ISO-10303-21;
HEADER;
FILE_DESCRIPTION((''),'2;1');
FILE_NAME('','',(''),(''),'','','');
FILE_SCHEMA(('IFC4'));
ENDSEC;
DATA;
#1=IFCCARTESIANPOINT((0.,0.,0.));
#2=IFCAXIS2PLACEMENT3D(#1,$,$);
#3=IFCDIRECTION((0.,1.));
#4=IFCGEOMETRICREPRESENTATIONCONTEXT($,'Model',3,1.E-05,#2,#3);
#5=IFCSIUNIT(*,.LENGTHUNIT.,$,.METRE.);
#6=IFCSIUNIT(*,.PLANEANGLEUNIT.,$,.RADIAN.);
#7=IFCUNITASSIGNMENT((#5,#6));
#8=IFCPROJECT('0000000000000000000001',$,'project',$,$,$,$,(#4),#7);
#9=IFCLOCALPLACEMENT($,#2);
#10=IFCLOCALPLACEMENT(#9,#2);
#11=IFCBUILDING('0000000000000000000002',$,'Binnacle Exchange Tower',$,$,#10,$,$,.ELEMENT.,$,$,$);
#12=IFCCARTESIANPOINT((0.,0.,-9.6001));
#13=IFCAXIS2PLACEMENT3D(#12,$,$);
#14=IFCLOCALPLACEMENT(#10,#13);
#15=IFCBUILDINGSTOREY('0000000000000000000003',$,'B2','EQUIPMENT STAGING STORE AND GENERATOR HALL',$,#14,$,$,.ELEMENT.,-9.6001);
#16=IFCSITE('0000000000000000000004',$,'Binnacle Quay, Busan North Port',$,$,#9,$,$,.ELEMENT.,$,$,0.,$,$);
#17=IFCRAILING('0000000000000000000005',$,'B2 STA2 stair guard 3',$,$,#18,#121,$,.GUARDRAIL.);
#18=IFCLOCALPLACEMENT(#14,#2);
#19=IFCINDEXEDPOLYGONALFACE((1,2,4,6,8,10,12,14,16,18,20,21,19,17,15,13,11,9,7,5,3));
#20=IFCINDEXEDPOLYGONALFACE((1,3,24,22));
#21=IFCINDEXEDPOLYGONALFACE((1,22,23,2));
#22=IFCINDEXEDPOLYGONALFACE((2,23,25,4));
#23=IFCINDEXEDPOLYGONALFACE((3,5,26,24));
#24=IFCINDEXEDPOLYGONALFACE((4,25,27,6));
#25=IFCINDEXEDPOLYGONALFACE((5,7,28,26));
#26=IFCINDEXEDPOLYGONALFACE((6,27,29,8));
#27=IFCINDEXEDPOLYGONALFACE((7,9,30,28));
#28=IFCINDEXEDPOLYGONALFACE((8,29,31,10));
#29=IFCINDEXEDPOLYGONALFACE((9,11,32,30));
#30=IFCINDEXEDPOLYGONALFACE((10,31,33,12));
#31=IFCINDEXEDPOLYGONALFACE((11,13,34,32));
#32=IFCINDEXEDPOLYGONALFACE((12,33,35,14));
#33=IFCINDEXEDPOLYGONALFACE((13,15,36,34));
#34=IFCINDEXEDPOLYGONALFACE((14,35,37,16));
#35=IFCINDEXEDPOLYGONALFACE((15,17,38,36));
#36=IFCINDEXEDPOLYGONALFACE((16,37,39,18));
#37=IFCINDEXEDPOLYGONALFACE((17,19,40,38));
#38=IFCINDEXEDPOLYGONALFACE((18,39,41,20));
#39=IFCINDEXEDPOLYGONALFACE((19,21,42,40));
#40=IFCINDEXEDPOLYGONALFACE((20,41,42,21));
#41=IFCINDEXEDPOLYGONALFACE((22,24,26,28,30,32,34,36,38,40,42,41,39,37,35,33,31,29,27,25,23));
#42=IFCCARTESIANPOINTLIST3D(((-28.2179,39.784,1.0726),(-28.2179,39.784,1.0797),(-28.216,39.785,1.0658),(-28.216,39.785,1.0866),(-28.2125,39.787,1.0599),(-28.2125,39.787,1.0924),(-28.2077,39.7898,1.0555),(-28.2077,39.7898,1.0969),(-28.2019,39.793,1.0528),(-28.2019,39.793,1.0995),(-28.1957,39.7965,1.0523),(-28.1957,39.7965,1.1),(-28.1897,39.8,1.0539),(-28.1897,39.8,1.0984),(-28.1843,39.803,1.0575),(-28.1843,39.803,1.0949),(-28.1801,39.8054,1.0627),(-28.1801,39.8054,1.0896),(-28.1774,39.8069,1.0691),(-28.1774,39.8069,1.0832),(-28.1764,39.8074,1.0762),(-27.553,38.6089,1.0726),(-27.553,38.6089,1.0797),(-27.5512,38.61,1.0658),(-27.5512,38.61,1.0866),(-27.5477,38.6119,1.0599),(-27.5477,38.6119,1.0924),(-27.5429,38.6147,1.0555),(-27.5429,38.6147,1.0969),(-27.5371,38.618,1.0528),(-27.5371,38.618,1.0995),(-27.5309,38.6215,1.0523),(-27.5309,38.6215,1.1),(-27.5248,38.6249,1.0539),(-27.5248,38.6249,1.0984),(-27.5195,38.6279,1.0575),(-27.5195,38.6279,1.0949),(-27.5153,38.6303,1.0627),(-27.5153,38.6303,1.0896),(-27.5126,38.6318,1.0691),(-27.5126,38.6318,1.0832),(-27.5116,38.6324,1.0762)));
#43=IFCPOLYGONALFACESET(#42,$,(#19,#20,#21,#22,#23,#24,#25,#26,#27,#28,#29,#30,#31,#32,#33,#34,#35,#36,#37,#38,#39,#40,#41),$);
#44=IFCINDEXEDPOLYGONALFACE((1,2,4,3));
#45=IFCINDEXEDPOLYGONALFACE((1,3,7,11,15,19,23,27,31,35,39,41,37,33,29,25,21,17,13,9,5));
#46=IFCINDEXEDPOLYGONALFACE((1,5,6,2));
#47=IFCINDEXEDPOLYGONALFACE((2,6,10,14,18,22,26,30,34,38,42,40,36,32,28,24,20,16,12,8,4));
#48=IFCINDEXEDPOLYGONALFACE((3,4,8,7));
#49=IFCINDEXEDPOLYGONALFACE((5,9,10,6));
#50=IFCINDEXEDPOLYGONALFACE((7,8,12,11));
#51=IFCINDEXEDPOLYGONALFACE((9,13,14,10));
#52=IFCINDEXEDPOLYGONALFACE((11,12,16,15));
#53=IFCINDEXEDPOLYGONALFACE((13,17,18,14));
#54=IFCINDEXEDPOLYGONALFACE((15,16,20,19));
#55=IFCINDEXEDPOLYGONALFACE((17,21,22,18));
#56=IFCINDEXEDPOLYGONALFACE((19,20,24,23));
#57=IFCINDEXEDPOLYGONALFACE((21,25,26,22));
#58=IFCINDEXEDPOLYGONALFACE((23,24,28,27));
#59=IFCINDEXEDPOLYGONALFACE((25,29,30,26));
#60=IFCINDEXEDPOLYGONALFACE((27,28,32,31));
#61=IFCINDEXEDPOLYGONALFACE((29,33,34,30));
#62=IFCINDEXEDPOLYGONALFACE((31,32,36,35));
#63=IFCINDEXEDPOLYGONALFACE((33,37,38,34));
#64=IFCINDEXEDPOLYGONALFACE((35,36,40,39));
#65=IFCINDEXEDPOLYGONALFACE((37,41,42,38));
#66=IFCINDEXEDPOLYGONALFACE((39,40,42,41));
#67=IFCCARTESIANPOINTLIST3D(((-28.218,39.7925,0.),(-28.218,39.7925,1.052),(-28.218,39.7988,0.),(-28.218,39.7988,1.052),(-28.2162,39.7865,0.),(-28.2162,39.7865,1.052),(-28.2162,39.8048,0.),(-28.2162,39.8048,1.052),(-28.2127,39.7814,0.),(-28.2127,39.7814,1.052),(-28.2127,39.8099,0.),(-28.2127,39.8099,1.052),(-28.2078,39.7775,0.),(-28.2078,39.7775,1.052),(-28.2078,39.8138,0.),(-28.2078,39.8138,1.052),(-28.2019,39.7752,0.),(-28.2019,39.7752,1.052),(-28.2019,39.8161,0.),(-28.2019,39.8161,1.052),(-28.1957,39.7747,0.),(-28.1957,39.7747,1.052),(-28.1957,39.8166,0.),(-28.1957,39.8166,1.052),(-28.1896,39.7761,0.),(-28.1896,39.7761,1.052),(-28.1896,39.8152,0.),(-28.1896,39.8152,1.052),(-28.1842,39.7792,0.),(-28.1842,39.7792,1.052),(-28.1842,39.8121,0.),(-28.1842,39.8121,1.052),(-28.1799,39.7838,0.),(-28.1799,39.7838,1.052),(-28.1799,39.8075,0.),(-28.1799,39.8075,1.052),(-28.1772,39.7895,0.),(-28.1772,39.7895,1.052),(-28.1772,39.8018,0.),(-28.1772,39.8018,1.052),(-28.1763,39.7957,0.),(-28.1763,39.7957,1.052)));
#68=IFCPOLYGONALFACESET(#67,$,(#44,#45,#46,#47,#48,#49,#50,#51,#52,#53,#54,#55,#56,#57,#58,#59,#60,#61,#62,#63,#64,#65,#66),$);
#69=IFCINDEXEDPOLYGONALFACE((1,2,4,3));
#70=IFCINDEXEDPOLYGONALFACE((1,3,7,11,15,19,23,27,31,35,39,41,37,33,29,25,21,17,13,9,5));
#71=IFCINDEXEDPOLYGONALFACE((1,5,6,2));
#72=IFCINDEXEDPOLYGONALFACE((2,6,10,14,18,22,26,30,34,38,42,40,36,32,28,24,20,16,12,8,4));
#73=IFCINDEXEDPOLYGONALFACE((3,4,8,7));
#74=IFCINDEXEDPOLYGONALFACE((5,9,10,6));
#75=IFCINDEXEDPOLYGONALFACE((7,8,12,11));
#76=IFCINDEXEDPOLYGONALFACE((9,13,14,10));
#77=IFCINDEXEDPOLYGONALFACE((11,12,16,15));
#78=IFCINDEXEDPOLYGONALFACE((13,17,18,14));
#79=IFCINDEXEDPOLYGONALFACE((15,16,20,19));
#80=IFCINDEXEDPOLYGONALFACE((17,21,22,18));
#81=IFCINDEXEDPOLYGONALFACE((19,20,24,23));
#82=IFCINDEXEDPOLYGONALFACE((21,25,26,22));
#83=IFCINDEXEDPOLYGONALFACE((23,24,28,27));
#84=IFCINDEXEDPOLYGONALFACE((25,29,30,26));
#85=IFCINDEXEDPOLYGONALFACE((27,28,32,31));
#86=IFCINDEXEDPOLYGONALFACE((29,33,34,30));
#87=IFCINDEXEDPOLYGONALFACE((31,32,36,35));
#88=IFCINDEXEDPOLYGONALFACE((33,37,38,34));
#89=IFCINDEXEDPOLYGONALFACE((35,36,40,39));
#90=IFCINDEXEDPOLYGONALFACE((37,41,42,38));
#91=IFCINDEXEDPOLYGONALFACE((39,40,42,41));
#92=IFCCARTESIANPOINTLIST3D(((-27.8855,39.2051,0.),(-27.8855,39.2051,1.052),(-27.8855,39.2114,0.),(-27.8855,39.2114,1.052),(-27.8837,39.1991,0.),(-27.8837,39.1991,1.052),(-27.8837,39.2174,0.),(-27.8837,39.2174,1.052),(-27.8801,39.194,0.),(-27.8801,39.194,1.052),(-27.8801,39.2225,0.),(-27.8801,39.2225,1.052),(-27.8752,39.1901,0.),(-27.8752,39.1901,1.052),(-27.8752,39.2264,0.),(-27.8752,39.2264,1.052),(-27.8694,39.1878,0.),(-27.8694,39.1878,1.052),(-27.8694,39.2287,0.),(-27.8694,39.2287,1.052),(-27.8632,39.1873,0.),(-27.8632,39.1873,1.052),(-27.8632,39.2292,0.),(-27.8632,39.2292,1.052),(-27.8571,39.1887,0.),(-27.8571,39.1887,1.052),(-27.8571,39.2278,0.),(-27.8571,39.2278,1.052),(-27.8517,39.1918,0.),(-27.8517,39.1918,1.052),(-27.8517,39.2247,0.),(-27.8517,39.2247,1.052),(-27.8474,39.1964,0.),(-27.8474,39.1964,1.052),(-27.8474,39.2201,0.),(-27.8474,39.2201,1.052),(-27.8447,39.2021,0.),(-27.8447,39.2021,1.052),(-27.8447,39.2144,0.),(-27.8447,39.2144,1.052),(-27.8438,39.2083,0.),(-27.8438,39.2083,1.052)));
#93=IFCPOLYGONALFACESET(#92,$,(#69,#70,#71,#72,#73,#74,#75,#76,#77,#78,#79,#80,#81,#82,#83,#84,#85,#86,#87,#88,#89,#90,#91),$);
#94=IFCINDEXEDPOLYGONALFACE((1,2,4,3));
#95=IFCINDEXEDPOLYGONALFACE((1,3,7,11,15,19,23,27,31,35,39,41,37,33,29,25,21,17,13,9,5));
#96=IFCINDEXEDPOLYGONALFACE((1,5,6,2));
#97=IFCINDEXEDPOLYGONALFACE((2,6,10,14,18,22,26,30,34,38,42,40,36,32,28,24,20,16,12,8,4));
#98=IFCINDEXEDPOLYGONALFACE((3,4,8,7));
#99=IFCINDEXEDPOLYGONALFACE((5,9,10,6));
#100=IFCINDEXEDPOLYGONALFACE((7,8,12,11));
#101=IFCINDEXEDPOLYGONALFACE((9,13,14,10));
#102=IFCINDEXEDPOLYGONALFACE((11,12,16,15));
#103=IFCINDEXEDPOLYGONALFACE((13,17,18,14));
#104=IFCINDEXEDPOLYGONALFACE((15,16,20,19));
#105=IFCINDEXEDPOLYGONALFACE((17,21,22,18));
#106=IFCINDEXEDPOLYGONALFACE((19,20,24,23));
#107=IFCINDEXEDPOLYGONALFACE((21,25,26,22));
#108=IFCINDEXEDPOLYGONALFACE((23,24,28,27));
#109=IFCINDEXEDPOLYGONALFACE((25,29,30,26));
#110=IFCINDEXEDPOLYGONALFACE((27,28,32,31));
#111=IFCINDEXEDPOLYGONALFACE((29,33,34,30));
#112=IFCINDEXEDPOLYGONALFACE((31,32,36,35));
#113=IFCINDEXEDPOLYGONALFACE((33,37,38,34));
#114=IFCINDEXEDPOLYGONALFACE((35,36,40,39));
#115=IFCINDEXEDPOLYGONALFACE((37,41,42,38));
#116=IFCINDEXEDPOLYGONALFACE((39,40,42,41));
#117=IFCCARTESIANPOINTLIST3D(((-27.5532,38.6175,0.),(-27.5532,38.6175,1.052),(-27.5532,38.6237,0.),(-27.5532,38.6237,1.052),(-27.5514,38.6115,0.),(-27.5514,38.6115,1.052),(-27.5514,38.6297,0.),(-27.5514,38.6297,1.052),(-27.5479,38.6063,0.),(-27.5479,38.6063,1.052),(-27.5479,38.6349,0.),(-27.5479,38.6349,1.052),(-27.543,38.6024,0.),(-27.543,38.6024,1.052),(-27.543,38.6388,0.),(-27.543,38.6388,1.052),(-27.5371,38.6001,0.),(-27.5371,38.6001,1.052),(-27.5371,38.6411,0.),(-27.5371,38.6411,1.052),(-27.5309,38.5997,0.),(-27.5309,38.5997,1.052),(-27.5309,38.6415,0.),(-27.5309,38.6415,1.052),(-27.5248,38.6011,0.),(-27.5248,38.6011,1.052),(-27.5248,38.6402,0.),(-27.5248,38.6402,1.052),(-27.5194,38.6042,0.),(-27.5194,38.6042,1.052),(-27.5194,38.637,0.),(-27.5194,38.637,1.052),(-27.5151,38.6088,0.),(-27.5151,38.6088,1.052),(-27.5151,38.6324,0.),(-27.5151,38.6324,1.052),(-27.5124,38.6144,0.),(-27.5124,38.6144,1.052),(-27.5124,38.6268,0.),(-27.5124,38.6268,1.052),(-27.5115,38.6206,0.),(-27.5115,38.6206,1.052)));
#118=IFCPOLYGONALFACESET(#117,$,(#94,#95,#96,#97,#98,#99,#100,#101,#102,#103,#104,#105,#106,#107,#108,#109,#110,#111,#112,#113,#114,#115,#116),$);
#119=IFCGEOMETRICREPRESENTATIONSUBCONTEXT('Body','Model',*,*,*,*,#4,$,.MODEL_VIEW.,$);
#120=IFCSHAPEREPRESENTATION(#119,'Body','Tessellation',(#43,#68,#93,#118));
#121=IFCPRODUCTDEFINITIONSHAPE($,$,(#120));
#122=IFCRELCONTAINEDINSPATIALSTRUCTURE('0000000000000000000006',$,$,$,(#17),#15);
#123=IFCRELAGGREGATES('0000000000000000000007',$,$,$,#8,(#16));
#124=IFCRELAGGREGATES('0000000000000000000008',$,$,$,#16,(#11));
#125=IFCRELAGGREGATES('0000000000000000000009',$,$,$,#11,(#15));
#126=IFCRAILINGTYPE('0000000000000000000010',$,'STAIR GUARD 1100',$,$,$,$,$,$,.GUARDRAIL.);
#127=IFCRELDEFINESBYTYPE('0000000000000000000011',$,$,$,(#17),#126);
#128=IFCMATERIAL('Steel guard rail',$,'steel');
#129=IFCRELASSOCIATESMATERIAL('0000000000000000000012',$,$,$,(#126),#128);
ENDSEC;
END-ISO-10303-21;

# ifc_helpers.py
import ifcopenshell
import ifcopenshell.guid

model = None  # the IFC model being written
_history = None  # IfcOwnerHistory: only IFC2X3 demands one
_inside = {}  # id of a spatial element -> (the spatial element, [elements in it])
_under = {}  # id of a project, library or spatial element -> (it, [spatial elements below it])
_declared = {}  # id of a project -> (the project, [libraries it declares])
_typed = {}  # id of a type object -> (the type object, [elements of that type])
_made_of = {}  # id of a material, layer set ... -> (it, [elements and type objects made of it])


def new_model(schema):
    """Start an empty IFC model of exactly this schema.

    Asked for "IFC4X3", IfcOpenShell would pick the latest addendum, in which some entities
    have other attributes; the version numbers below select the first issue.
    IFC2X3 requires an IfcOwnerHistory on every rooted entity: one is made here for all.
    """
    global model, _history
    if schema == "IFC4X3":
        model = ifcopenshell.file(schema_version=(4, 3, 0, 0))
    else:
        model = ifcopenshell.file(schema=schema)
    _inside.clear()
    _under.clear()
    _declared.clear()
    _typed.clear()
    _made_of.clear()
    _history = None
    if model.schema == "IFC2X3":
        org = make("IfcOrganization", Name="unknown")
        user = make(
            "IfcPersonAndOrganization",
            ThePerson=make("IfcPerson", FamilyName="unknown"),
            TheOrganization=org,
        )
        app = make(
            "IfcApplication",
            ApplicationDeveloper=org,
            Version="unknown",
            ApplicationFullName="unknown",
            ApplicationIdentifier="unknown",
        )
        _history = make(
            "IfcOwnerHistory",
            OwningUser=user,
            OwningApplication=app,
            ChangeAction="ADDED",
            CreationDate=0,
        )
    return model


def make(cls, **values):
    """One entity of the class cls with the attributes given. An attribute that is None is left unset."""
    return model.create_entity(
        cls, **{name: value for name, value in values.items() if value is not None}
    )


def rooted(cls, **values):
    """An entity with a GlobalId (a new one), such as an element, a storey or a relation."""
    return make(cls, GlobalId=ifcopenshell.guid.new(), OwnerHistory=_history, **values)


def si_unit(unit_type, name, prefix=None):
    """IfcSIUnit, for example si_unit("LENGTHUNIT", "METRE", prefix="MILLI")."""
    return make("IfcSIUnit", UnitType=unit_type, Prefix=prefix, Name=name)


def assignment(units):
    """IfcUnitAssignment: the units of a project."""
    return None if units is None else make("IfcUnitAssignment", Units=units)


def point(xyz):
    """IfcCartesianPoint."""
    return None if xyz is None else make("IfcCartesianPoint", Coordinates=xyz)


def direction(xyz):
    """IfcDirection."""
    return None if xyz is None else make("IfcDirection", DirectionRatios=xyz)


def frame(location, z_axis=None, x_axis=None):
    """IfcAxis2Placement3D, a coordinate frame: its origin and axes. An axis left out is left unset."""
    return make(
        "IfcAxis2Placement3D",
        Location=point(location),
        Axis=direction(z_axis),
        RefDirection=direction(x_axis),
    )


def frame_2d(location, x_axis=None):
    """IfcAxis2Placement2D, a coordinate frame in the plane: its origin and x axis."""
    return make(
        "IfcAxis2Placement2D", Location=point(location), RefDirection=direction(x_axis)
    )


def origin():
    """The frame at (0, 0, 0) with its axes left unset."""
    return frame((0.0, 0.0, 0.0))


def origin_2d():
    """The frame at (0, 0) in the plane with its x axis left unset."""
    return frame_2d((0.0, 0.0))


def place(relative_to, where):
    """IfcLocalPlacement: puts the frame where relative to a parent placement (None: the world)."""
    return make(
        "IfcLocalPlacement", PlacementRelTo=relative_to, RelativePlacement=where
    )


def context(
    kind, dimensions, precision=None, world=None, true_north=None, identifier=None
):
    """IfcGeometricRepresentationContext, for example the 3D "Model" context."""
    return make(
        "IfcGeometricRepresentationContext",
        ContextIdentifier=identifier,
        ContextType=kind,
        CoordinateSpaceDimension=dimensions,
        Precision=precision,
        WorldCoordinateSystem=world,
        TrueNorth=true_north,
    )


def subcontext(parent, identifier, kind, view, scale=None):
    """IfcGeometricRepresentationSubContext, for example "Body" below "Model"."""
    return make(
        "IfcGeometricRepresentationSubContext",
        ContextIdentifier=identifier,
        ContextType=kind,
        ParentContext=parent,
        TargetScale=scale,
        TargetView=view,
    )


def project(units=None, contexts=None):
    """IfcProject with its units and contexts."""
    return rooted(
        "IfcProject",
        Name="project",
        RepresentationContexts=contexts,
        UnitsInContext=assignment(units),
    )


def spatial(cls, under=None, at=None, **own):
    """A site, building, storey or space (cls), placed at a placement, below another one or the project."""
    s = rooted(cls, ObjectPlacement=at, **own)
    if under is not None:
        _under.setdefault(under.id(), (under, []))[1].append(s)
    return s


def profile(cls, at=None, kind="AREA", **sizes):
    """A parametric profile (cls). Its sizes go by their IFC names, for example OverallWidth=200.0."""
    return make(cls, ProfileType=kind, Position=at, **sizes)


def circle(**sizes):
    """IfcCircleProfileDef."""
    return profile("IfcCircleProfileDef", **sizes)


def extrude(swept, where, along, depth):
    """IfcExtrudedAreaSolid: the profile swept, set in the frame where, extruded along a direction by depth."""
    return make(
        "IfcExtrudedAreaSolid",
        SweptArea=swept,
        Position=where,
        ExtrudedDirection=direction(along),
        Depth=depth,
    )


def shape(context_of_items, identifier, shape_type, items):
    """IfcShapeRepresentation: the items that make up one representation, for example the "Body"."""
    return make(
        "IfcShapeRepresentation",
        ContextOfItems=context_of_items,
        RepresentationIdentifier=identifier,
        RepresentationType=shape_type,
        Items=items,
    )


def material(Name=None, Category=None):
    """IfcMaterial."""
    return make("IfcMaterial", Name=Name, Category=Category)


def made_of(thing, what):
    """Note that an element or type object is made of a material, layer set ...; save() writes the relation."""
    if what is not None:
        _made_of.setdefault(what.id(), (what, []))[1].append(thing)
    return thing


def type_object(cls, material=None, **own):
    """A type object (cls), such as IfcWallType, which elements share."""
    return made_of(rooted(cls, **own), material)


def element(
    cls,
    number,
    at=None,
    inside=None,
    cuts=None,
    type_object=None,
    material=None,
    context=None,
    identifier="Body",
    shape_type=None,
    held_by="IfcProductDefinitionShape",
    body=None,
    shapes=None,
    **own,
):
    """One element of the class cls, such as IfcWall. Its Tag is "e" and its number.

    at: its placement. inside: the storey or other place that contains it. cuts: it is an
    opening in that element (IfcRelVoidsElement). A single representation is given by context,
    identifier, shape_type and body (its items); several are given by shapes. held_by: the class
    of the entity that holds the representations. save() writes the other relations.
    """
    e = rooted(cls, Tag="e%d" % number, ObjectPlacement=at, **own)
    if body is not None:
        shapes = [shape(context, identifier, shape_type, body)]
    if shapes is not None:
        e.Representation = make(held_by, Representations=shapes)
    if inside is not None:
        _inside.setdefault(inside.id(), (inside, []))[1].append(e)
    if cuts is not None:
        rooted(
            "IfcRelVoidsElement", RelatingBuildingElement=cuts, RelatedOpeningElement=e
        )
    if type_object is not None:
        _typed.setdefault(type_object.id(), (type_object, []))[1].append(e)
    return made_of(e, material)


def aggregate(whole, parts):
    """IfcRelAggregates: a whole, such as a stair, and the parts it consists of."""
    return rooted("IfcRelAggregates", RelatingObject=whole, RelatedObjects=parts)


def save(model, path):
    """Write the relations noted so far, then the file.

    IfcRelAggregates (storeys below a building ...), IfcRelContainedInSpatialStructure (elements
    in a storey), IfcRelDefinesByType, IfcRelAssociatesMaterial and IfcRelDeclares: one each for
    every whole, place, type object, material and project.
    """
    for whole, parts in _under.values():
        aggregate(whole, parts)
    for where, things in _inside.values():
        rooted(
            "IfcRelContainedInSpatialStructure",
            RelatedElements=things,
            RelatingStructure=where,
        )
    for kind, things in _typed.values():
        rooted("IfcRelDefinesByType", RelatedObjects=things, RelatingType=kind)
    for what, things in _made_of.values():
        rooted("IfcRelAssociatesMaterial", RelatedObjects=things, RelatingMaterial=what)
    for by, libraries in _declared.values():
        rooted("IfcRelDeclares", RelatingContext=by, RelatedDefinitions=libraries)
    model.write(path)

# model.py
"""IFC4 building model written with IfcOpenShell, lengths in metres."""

from ifc_helpers import new_model, si_unit, direction, frame, origin, origin_2d, place, context, subcontext, project, spatial, circle, extrude, material, type_object, element, save


model = new_model("IFC4")

# Units and contexts
model_context = context("Model", 3, precision=1e-05, world=origin(), true_north=direction((0.0, 1.0)))
body_context = subcontext(model_context, "Body", "Model", "MODEL_VIEW")
ifc_project = project(units=[si_unit("LENGTHUNIT", "METRE"), si_unit("PLANEANGLEUNIT", "RADIAN")], contexts=[model_context])

# Site, building, storey
site_placement = place(None, origin())
site = spatial("IfcSite", under=ifc_project, at=site_placement, Name="Binnacle Quay, Busan North Port", CompositionType="ELEMENT", RefElevation=0.0)
building_placement = place(site_placement, origin())
building = spatial("IfcBuilding", under=site, at=building_placement, Name="Binnacle Exchange Tower", CompositionType="ELEMENT")
storey_placement = place(building_placement, frame((0.0, 0.0, -9.6001)))
storey = spatial("IfcBuildingStorey", under=building, at=storey_placement, Name="B2", Description="EQUIPMENT STAGING STORE AND GENERATOR HALL", CompositionType="ELEMENT", Elevation=-9.6001)

# Railing
ifc_material_1 = material(Name="Steel guard rail", Category="steel")
railing_type_1 = type_object("IfcRailingType", Name="STAIR GUARD 1100", PredefinedType="GUARDRAIL", material=ifc_material_1)
railing_1_placement = place(storey_placement, frame((-28.1973, 39.7957, 0.0)))
element("IfcRailing", 1, at=railing_1_placement, inside=storey, type_object=railing_type_1, Name="B2 STA2 stair guard 3", PredefinedType="GUARDRAIL", context=body_context, shape_type="SweptSolid", body=[
    extrude(circle(Radius=0.0239, at=origin_2d()), frame((0.0, 0.0, 1.0762), z_axis=(0.492415, -0.870361, 0.0), x_axis=(0.870361, 0.492415, 0.0)), (0.0, 0.0, 1.0), 1.3501),
    extrude(circle(Radius=0.021, at=origin_2d()), origin(), (0.0, 0.0, 1.0), 1.052),
    extrude(circle(Radius=0.021, at=origin_2d()), frame((0.3325, -0.5874, 0.0)), (0.0, 0.0, 1.0), 1.052),
    extrude(circle(Radius=0.021, at=origin_2d()), frame((0.6648, -1.175, 0.0)), (0.0, 0.0, 1.0), 1.052),
])

save(model, "model.ifc")
